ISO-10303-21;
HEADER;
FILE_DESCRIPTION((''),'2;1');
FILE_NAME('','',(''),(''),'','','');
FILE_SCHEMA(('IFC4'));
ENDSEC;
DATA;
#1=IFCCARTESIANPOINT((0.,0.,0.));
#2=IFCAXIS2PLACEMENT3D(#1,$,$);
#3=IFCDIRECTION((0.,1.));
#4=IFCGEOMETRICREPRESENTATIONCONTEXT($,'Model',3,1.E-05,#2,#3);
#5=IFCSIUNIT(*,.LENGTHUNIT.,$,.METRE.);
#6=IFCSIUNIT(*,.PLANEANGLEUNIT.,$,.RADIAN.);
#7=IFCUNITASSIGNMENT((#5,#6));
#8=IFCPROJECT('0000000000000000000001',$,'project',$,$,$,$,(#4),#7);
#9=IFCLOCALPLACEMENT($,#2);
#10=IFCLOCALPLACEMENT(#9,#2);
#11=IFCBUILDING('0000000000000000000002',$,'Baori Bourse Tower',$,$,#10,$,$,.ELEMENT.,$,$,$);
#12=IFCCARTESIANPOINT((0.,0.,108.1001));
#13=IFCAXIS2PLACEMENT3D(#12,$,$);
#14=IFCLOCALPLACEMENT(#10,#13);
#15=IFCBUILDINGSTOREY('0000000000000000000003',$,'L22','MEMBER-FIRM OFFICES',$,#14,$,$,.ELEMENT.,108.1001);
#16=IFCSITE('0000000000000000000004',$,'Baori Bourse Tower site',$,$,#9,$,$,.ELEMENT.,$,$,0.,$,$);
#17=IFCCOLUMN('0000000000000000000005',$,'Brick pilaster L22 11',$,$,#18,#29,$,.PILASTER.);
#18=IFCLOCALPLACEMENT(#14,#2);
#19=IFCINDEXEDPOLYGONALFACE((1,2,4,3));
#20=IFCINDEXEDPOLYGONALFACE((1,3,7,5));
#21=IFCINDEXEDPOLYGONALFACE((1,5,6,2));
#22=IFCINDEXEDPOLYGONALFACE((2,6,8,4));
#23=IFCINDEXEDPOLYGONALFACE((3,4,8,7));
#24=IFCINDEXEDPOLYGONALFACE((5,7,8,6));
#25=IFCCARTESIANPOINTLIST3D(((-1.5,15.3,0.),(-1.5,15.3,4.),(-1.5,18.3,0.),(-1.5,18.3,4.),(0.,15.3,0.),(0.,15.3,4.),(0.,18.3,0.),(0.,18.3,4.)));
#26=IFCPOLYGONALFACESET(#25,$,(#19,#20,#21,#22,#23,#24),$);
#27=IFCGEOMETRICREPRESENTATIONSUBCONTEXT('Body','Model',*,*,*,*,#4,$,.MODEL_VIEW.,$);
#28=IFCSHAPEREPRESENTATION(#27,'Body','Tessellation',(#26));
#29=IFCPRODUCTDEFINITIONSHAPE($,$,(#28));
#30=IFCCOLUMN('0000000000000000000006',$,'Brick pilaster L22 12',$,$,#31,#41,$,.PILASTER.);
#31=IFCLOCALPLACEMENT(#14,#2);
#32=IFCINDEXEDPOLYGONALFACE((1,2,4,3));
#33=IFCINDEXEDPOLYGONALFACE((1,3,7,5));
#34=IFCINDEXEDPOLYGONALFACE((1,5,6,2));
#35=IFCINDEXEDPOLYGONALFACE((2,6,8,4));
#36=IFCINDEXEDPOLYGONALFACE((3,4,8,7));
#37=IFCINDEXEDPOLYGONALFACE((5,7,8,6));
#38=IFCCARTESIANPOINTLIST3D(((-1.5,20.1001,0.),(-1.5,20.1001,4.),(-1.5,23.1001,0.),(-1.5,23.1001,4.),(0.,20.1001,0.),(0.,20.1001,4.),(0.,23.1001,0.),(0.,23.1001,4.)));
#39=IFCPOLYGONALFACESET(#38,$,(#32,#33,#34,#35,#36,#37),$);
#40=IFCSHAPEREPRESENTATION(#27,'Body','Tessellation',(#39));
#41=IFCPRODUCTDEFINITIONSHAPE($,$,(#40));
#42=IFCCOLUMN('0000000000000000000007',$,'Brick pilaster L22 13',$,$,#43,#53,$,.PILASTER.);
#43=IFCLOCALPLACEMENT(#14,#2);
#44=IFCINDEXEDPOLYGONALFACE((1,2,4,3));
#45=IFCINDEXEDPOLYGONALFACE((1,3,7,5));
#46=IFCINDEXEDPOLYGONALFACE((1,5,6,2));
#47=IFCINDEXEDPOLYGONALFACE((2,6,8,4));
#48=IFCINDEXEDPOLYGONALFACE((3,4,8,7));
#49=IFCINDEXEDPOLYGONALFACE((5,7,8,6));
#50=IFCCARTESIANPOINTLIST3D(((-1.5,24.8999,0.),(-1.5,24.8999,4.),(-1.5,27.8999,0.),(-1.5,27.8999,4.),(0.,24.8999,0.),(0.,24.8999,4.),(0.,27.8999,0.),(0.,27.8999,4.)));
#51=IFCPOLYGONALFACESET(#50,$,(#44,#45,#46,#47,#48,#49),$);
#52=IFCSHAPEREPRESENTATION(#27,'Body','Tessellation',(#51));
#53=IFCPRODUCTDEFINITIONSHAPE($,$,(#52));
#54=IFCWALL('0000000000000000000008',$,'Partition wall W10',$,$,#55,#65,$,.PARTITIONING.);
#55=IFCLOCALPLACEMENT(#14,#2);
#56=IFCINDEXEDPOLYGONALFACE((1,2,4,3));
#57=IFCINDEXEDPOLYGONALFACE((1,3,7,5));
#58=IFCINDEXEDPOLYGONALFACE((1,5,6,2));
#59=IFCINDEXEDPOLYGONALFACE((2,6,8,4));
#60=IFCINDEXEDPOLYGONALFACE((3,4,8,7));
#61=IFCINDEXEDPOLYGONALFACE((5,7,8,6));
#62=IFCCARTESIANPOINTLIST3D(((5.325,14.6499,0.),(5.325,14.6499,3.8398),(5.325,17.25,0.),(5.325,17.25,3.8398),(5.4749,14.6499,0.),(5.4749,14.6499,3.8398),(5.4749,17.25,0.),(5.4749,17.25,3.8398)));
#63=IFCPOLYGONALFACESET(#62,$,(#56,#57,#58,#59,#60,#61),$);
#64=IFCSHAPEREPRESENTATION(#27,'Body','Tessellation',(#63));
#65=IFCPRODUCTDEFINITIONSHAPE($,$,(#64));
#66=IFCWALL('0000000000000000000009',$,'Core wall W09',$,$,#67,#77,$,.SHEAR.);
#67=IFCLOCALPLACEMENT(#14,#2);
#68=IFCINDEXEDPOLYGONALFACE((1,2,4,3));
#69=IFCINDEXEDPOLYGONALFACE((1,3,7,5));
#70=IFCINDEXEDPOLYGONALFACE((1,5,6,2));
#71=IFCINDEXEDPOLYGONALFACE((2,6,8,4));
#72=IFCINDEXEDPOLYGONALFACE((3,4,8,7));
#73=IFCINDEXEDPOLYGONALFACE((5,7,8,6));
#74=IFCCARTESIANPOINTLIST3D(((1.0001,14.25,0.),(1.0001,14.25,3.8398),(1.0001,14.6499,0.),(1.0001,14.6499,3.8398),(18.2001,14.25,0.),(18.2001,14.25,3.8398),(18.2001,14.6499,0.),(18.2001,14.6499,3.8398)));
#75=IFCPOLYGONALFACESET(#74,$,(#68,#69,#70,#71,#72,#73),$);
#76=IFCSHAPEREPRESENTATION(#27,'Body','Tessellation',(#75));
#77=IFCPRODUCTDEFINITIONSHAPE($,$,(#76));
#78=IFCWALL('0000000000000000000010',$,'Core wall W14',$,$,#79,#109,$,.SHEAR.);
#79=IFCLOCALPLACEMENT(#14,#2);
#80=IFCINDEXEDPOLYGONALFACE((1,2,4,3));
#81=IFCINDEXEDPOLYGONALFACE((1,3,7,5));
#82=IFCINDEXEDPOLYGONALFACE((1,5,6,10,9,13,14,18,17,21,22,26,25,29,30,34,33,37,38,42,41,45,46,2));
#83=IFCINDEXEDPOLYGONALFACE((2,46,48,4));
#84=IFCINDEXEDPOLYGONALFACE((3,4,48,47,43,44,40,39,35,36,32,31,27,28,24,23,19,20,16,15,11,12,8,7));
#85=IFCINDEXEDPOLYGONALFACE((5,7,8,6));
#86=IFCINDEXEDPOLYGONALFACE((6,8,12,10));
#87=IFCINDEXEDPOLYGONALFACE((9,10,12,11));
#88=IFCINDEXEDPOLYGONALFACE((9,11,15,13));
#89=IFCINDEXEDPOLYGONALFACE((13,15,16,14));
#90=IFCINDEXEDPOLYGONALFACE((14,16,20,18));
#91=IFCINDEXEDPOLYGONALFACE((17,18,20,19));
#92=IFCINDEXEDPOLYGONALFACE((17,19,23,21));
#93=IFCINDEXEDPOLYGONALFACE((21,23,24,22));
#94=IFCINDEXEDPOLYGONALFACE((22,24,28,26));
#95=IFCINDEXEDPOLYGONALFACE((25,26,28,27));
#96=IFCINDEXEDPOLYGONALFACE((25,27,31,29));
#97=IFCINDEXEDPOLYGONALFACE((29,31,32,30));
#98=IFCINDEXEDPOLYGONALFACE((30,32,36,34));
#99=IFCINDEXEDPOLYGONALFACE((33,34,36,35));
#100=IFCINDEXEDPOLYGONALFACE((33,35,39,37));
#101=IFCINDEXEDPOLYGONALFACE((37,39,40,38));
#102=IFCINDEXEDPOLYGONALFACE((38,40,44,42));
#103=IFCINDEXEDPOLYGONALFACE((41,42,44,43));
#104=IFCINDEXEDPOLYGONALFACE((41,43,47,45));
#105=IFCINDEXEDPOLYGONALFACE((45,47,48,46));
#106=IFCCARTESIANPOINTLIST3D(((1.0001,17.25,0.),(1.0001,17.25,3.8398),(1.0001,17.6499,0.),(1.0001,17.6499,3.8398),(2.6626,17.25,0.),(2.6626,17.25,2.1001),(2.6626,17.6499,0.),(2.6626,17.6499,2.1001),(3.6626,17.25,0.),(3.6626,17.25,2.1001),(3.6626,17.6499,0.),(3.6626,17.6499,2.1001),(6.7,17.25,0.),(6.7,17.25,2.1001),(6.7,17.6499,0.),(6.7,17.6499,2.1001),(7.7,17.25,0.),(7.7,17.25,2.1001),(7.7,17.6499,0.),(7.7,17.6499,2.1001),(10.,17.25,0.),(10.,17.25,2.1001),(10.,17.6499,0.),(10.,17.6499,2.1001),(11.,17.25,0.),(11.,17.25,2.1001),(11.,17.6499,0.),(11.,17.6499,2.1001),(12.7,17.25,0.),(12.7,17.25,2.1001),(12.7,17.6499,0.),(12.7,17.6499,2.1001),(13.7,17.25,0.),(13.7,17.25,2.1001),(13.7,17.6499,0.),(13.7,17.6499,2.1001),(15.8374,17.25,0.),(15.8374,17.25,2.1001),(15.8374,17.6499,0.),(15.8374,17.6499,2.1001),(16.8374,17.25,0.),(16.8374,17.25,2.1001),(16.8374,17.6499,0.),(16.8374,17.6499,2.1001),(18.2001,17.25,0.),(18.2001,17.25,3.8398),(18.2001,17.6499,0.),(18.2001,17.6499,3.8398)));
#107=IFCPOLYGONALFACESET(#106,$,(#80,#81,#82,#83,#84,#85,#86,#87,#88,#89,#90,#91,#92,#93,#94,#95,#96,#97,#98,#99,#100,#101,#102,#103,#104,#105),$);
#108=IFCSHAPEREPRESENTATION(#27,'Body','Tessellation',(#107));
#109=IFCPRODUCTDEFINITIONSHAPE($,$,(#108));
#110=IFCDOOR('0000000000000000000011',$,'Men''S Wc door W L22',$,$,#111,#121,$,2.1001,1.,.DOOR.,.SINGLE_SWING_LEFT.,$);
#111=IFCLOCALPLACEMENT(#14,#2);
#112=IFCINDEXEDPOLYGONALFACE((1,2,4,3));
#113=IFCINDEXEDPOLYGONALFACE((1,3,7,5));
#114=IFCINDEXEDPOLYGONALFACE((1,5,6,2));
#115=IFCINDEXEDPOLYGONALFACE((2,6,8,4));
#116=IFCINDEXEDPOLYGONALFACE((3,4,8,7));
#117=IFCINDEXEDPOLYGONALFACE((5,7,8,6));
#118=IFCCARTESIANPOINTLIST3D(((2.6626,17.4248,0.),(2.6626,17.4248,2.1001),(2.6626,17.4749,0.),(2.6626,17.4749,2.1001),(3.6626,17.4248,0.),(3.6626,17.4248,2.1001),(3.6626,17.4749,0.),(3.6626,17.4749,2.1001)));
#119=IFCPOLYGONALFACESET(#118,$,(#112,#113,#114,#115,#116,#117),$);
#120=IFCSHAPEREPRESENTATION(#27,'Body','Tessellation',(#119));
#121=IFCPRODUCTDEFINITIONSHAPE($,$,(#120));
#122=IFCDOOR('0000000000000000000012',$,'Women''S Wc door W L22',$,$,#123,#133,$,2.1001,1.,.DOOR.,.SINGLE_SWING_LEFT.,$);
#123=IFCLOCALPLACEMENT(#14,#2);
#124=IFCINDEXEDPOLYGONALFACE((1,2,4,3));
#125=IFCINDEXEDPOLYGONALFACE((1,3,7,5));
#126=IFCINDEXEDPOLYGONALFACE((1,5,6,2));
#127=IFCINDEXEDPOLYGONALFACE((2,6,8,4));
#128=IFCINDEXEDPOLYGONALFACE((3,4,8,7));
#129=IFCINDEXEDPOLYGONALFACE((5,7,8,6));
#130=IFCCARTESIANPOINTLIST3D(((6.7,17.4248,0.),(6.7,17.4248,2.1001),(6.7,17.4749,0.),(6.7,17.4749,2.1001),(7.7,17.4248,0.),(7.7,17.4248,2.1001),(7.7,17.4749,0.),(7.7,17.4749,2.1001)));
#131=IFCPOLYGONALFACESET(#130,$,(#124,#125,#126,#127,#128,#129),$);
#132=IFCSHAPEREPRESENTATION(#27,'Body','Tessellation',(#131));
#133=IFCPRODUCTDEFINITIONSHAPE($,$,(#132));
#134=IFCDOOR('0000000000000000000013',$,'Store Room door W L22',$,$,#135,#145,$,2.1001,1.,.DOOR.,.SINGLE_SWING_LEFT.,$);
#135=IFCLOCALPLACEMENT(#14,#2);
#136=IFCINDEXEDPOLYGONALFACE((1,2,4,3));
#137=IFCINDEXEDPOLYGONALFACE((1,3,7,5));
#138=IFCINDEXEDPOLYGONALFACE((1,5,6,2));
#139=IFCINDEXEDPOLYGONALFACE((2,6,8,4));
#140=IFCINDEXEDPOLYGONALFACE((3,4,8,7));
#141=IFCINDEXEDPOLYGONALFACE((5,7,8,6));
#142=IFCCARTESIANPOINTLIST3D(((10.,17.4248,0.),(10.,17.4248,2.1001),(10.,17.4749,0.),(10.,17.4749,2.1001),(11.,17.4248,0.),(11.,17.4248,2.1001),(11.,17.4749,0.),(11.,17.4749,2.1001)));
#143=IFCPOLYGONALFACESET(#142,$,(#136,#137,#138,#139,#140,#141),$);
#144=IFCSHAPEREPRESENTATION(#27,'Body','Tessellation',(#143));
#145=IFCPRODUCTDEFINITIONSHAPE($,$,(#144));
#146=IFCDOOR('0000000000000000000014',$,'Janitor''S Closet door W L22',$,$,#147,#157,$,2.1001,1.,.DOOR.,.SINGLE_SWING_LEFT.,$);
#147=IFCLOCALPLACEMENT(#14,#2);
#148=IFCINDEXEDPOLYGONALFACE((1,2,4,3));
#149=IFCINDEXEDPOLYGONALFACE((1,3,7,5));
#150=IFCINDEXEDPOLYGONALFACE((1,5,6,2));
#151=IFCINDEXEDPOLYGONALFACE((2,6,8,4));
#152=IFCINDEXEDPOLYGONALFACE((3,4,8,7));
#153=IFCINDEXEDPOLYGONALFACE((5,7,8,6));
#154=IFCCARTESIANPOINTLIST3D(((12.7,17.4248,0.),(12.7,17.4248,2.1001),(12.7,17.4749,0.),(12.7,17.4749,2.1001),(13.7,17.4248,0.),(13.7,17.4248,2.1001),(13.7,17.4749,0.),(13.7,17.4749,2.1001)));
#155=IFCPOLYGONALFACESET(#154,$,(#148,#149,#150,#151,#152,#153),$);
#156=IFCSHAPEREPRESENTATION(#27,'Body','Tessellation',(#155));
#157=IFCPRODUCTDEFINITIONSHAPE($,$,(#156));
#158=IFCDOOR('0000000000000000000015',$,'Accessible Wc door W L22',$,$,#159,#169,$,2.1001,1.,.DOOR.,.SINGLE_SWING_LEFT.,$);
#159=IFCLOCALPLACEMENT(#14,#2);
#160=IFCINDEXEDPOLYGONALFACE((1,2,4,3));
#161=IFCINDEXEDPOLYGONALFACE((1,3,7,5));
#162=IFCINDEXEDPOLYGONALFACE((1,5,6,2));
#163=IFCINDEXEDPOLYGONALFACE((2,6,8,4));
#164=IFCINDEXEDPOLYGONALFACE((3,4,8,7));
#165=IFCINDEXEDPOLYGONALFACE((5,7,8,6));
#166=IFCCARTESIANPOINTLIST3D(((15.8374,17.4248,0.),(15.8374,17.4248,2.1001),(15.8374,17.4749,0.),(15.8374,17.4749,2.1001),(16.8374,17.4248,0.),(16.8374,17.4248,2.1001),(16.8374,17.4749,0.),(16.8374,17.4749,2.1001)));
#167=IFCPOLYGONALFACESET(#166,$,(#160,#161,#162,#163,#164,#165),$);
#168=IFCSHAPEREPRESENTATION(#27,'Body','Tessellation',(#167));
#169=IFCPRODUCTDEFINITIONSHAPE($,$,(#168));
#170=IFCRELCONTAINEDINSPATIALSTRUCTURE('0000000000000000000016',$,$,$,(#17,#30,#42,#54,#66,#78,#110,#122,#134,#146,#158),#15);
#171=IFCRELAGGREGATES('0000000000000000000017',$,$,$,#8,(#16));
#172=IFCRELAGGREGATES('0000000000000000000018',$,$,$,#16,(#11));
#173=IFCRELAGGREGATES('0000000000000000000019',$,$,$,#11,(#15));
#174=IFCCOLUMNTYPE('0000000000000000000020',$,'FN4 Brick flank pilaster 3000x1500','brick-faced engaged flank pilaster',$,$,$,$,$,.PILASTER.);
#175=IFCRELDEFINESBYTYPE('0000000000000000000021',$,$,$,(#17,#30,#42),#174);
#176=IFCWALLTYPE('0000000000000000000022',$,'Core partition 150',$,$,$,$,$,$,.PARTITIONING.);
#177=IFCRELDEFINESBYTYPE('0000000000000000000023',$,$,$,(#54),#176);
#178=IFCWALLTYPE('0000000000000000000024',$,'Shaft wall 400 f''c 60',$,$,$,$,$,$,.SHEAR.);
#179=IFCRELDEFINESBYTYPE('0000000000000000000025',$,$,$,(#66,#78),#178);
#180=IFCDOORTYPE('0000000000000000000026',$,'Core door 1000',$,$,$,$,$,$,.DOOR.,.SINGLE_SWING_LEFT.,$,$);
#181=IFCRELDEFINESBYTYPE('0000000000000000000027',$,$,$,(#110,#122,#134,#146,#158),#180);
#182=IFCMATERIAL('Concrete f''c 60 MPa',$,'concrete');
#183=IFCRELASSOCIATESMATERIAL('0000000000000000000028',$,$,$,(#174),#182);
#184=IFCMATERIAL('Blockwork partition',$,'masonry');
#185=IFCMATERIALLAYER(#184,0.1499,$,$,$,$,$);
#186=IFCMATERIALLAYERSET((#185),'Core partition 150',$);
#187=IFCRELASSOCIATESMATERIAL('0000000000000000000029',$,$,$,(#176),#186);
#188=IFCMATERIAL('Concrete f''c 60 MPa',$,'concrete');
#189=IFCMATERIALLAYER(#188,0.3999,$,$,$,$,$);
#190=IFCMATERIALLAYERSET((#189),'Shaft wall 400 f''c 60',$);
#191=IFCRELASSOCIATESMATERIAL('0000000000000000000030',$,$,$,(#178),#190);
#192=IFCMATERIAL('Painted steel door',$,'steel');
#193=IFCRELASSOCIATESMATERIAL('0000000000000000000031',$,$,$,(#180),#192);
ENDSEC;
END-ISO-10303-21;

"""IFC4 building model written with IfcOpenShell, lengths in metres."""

from ifc_helpers import new_model, si_unit, direction, frame, frame_2d, origin, origin_2d, place, context, subcontext, project, spatial, rectangle, extrude, material, layer, layer_set, material_profile, profile_set, type_object, element, fill, save


model = new_model("IFC4")

# Units and contexts
model_context = context("Model", 3, precision=1e-05, world=origin(), true_north=direction((0.0, 1.0)))
body_context = subcontext(model_context, "Body", "Model", "MODEL_VIEW")
ifc_project = project(units=[si_unit("LENGTHUNIT", "METRE"), si_unit("PLANEANGLEUNIT", "RADIAN")], contexts=[model_context])

# Site, building, storey
site_placement = place(None, origin())
site = spatial("IfcSite", under=ifc_project, at=site_placement, Name="Baori Bourse Tower site", CompositionType="ELEMENT", RefElevation=0.0)
building_placement = place(site_placement, origin())
building = spatial("IfcBuilding", under=site, at=building_placement, Name="Baori Bourse Tower", CompositionType="ELEMENT")
storey_placement = place(building_placement, frame((0.0, 0.0, 108.1001)))
storey = spatial("IfcBuildingStorey", under=building, at=storey_placement, Name="L22", Description="MEMBER-FIRM OFFICES", CompositionType="ELEMENT", Elevation=108.1001)

# Columns
ifc_material_1 = material(Name="Concrete f'c 60 MPa", Category="concrete")
ifc_material_profile = material_profile(ifc_material_1, rectangle(XDim=3.0, YDim=1.5, at=origin_2d()), Name="RC 3000x1500")
ifc_profile_set = profile_set([ifc_material_profile], Name="Concrete f'c 60 MPa")
column_type = type_object("IfcColumnType", Name="FN4 Brick flank pilaster 3000x1500", Description="brick-faced engaged flank pilaster", PredefinedType="PILASTER", material=ifc_profile_set)
for number, where, z_axis, x_axis, name in (
    (1, (-0.75, 16.8, 0.0), (0.0, 0.0, 1.0), (0.0, 1.0, 0.0), "Brick pilaster L22 11"),
    (2, (-0.75, 21.6001, 0.0), (0.0, 0.0, 1.0), (0.0, 1.0, 0.0), "Brick pilaster L22 12"),
    (3, (-0.75, 26.3999, 0.0), (0.0, 0.0, 1.0), (0.0, 1.0, 0.0), "Brick pilaster L22 13"),
):
    element("IfcColumn", number, at=place(storey_placement, frame(where, z_axis=z_axis, x_axis=x_axis)), inside=storey, type_object=column_type, Name=name, PredefinedType="PILASTER", context=body_context, shape_type="SweptSolid", body=[
        extrude(rectangle(XDim=3.0, YDim=1.5, at=origin_2d()), origin(), (0.0, 0.0, 1.0), 4.0),
    ])

# Walls
ifc_material_2 = material(Name="Blockwork partition", Category="masonry")
ifc_layer_1 = layer(ifc_material_2, 0.1499)
ifc_layer_set_1 = layer_set([ifc_layer_1], Name="Core partition 150")
wall_type_1 = type_object("IfcWallType", Name="Core partition 150", PredefinedType="PARTITIONING", material=ifc_layer_set_1)
wall_1_placement = place(storey_placement, frame((5.3999, 14.6499, 0.0), z_axis=(0.0, 0.0, 1.0), x_axis=(0.0, 1.0, 0.0)))
element("IfcWall", 4, at=wall_1_placement, inside=storey, type_object=wall_type_1, Name="Partition wall W10", PredefinedType="PARTITIONING", context=body_context, shape_type="SweptSolid", body=[
    extrude(rectangle(XDim=2.6001, YDim=0.1499, at=frame_2d((1.3, 0.0))), origin(), (0.0, 0.0, 1.0), 3.8398),
])
ifc_material_3 = material(Name="Concrete f'c 60 MPa", Category="concrete")
ifc_layer_2 = layer(ifc_material_3, 0.3999)
ifc_layer_set_2 = layer_set([ifc_layer_2], Name="Shaft wall 400 f'c 60")
wall_type_2 = type_object("IfcWallType", Name="Shaft wall 400 f'c 60", PredefinedType="SHEAR", material=ifc_layer_set_2)
wall_2_placement = place(storey_placement, frame((1.0, 14.45, 0.0), z_axis=(0.0, 0.0, 1.0), x_axis=(1.0, 0.0, 0.0)))
element("IfcWall", 5, at=wall_2_placement, inside=storey, type_object=wall_type_2, Name="Core wall W09", PredefinedType="SHEAR", context=body_context, shape_type="SweptSolid", body=[
    extrude(rectangle(XDim=17.2, YDim=0.3999, at=frame_2d((8.6001, 0.0))), origin(), (0.0, 0.0, 1.0), 3.8398),
])

# Wall, openings, doors
wall_3_placement = place(storey_placement, frame((1.0, 17.45, 0.0), z_axis=(0.0, 0.0, 1.0), x_axis=(1.0, 0.0, 0.0)))
wall_3 = element("IfcWall", 6, at=wall_3_placement, inside=storey, type_object=wall_type_2, Name="Core wall W14", PredefinedType="SHEAR", context=body_context, shape_type="SweptSolid", body=[
    extrude(rectangle(XDim=17.2, YDim=0.3999, at=frame_2d((8.6001, 0.0))), origin(), (0.0, 0.0, 1.0), 3.8398),
])
opening_1_placement = place(wall_3_placement, frame((1.6626, 0.0, 0.0)))
opening_1 = element("IfcOpeningElement", 7, at=opening_1_placement, cuts=wall_3, PredefinedType="OPENING", context=body_context, shape_type="SweptSolid", body=[
    extrude(rectangle(XDim=1.0, YDim=2.1001, at=frame_2d((0.5, 1.05))), frame((0.0, 0.21, 0.0), z_axis=(0.0, -1.0, 0.0), x_axis=(1.0, 0.0, 0.0)), (0.0, 0.0, 1.0), 0.4199),
])
opening_2_placement = place(wall_3_placement, frame((5.7, 0.0, 0.0)))
opening_2 = element("IfcOpeningElement", 8, at=opening_2_placement, cuts=wall_3, PredefinedType="OPENING", context=body_context, shape_type="SweptSolid", body=[
    extrude(rectangle(XDim=1.0, YDim=2.1001, at=frame_2d((0.5, 1.05))), frame((0.0, 0.21, 0.0), z_axis=(0.0, -1.0, 0.0), x_axis=(1.0, 0.0, 0.0)), (0.0, 0.0, 1.0), 0.4199),
])
opening_3_placement = place(wall_3_placement, frame((9.0, 0.0, 0.0)))
opening_3 = element("IfcOpeningElement", 9, at=opening_3_placement, cuts=wall_3, PredefinedType="OPENING", context=body_context, shape_type="SweptSolid", body=[
    extrude(rectangle(XDim=1.0, YDim=2.1001, at=frame_2d((0.5, 1.05))), frame((0.0, 0.21, 0.0), z_axis=(0.0, -1.0, 0.0), x_axis=(1.0, 0.0, 0.0)), (0.0, 0.0, 1.0), 0.4199),
])
opening_4_placement = place(wall_3_placement, frame((11.7, 0.0, 0.0)))
opening_4 = element("IfcOpeningElement", 10, at=opening_4_placement, cuts=wall_3, PredefinedType="OPENING", context=body_context, shape_type="SweptSolid", body=[
    extrude(rectangle(XDim=1.0, YDim=2.1001, at=frame_2d((0.5, 1.05))), frame((0.0, 0.21, 0.0), z_axis=(0.0, -1.0, 0.0), x_axis=(1.0, 0.0, 0.0)), (0.0, 0.0, 1.0), 0.4199),
])
opening_5_placement = place(wall_3_placement, frame((14.8374, 0.0, 0.0)))
opening_5 = element("IfcOpeningElement", 11, at=opening_5_placement, cuts=wall_3, PredefinedType="OPENING", context=body_context, shape_type="SweptSolid", body=[
    extrude(rectangle(XDim=1.0, YDim=2.1001, at=frame_2d((0.5, 1.05))), frame((0.0, 0.21, 0.0), z_axis=(0.0, -1.0, 0.0), x_axis=(1.0, 0.0, 0.0)), (0.0, 0.0, 1.0), 0.4199),
])
ifc_material_4 = material(Name="Painted steel door", Category="steel")
door_type_1 = type_object("IfcDoorType", Name="Core door 1000", OperationType="SINGLE_SWING_LEFT", PredefinedType="DOOR", material=ifc_material_4)
door_1_placement = place(opening_1_placement, origin())
door_1 = element("IfcDoor", 12, at=door_1_placement, inside=storey, type_object=door_type_1, Name="Men'S Wc door W L22", OperationType="SINGLE_SWING_LEFT", OverallHeight=2.1001, OverallWidth=1.0, PredefinedType="DOOR", context=body_context, shape_type="SweptSolid", body=[
    extrude(rectangle(XDim=1.0, YDim=2.1001, at=frame_2d((0.5, 1.05))), frame((0.0, 0.0249, 0.0), z_axis=(0.0, -1.0, 0.0), x_axis=(1.0, 0.0, 0.0)), (0.0, 0.0, 1.0), 0.05),
])
fill(opening_1, door_1)
door_2_placement = place(opening_2_placement, origin())
door_2 = element("IfcDoor", 13, at=door_2_placement, inside=storey, type_object=door_type_1, Name="Women'S Wc door W L22", OperationType="SINGLE_SWING_LEFT", OverallHeight=2.1001, OverallWidth=1.0, PredefinedType="DOOR", context=body_context, shape_type="SweptSolid", body=[
    extrude(rectangle(XDim=1.0, YDim=2.1001, at=frame_2d((0.5, 1.05))), frame((0.0, 0.0249, 0.0), z_axis=(0.0, -1.0, 0.0), x_axis=(1.0, 0.0, 0.0)), (0.0, 0.0, 1.0), 0.05),
])
fill(opening_2, door_2)
door_3_placement = place(opening_3_placement, origin())
door_3 = element("IfcDoor", 14, at=door_3_placement, inside=storey, type_object=door_type_1, Name="Store Room door W L22", OperationType="SINGLE_SWING_LEFT", OverallHeight=2.1001, OverallWidth=1.0, PredefinedType="DOOR", context=body_context, shape_type="SweptSolid", body=[
    extrude(rectangle(XDim=1.0, YDim=2.1001, at=frame_2d((0.5, 1.05))), frame((0.0, 0.0249, 0.0), z_axis=(0.0, -1.0, 0.0), x_axis=(1.0, 0.0, 0.0)), (0.0, 0.0, 1.0), 0.05),
])
fill(opening_3, door_3)
door_4_placement = place(opening_4_placement, origin())
door_4 = element("IfcDoor", 15, at=door_4_placement, inside=storey, type_object=door_type_1, Name="Janitor'S Closet door W L22", OperationType="SINGLE_SWING_LEFT", OverallHeight=2.1001, OverallWidth=1.0, PredefinedType="DOOR", context=body_context, shape_type="SweptSolid", body=[
    extrude(rectangle(XDim=1.0, YDim=2.1001, at=frame_2d((0.5, 1.05))), frame((0.0, 0.0249, 0.0), z_axis=(0.0, -1.0, 0.0), x_axis=(1.0, 0.0, 0.0)), (0.0, 0.0, 1.0), 0.05),
])
fill(opening_4, door_4)
door_5_placement = place(opening_5_placement, origin())
door_5 = element("IfcDoor", 16, at=door_5_placement, inside=storey, type_object=door_type_1, Name="Accessible Wc door W L22", OperationType="SINGLE_SWING_LEFT", OverallHeight=2.1001, OverallWidth=1.0, PredefinedType="DOOR", context=body_context, shape_type="SweptSolid", body=[
    extrude(rectangle(XDim=1.0, YDim=2.1001, at=frame_2d((0.5, 1.05))), frame((0.0, 0.0249, 0.0), z_axis=(0.0, -1.0, 0.0), x_axis=(1.0, 0.0, 0.0)), (0.0, 0.0, 1.0), 0.05),
])
fill(opening_5, door_5)

save(model, "model.ifc")
